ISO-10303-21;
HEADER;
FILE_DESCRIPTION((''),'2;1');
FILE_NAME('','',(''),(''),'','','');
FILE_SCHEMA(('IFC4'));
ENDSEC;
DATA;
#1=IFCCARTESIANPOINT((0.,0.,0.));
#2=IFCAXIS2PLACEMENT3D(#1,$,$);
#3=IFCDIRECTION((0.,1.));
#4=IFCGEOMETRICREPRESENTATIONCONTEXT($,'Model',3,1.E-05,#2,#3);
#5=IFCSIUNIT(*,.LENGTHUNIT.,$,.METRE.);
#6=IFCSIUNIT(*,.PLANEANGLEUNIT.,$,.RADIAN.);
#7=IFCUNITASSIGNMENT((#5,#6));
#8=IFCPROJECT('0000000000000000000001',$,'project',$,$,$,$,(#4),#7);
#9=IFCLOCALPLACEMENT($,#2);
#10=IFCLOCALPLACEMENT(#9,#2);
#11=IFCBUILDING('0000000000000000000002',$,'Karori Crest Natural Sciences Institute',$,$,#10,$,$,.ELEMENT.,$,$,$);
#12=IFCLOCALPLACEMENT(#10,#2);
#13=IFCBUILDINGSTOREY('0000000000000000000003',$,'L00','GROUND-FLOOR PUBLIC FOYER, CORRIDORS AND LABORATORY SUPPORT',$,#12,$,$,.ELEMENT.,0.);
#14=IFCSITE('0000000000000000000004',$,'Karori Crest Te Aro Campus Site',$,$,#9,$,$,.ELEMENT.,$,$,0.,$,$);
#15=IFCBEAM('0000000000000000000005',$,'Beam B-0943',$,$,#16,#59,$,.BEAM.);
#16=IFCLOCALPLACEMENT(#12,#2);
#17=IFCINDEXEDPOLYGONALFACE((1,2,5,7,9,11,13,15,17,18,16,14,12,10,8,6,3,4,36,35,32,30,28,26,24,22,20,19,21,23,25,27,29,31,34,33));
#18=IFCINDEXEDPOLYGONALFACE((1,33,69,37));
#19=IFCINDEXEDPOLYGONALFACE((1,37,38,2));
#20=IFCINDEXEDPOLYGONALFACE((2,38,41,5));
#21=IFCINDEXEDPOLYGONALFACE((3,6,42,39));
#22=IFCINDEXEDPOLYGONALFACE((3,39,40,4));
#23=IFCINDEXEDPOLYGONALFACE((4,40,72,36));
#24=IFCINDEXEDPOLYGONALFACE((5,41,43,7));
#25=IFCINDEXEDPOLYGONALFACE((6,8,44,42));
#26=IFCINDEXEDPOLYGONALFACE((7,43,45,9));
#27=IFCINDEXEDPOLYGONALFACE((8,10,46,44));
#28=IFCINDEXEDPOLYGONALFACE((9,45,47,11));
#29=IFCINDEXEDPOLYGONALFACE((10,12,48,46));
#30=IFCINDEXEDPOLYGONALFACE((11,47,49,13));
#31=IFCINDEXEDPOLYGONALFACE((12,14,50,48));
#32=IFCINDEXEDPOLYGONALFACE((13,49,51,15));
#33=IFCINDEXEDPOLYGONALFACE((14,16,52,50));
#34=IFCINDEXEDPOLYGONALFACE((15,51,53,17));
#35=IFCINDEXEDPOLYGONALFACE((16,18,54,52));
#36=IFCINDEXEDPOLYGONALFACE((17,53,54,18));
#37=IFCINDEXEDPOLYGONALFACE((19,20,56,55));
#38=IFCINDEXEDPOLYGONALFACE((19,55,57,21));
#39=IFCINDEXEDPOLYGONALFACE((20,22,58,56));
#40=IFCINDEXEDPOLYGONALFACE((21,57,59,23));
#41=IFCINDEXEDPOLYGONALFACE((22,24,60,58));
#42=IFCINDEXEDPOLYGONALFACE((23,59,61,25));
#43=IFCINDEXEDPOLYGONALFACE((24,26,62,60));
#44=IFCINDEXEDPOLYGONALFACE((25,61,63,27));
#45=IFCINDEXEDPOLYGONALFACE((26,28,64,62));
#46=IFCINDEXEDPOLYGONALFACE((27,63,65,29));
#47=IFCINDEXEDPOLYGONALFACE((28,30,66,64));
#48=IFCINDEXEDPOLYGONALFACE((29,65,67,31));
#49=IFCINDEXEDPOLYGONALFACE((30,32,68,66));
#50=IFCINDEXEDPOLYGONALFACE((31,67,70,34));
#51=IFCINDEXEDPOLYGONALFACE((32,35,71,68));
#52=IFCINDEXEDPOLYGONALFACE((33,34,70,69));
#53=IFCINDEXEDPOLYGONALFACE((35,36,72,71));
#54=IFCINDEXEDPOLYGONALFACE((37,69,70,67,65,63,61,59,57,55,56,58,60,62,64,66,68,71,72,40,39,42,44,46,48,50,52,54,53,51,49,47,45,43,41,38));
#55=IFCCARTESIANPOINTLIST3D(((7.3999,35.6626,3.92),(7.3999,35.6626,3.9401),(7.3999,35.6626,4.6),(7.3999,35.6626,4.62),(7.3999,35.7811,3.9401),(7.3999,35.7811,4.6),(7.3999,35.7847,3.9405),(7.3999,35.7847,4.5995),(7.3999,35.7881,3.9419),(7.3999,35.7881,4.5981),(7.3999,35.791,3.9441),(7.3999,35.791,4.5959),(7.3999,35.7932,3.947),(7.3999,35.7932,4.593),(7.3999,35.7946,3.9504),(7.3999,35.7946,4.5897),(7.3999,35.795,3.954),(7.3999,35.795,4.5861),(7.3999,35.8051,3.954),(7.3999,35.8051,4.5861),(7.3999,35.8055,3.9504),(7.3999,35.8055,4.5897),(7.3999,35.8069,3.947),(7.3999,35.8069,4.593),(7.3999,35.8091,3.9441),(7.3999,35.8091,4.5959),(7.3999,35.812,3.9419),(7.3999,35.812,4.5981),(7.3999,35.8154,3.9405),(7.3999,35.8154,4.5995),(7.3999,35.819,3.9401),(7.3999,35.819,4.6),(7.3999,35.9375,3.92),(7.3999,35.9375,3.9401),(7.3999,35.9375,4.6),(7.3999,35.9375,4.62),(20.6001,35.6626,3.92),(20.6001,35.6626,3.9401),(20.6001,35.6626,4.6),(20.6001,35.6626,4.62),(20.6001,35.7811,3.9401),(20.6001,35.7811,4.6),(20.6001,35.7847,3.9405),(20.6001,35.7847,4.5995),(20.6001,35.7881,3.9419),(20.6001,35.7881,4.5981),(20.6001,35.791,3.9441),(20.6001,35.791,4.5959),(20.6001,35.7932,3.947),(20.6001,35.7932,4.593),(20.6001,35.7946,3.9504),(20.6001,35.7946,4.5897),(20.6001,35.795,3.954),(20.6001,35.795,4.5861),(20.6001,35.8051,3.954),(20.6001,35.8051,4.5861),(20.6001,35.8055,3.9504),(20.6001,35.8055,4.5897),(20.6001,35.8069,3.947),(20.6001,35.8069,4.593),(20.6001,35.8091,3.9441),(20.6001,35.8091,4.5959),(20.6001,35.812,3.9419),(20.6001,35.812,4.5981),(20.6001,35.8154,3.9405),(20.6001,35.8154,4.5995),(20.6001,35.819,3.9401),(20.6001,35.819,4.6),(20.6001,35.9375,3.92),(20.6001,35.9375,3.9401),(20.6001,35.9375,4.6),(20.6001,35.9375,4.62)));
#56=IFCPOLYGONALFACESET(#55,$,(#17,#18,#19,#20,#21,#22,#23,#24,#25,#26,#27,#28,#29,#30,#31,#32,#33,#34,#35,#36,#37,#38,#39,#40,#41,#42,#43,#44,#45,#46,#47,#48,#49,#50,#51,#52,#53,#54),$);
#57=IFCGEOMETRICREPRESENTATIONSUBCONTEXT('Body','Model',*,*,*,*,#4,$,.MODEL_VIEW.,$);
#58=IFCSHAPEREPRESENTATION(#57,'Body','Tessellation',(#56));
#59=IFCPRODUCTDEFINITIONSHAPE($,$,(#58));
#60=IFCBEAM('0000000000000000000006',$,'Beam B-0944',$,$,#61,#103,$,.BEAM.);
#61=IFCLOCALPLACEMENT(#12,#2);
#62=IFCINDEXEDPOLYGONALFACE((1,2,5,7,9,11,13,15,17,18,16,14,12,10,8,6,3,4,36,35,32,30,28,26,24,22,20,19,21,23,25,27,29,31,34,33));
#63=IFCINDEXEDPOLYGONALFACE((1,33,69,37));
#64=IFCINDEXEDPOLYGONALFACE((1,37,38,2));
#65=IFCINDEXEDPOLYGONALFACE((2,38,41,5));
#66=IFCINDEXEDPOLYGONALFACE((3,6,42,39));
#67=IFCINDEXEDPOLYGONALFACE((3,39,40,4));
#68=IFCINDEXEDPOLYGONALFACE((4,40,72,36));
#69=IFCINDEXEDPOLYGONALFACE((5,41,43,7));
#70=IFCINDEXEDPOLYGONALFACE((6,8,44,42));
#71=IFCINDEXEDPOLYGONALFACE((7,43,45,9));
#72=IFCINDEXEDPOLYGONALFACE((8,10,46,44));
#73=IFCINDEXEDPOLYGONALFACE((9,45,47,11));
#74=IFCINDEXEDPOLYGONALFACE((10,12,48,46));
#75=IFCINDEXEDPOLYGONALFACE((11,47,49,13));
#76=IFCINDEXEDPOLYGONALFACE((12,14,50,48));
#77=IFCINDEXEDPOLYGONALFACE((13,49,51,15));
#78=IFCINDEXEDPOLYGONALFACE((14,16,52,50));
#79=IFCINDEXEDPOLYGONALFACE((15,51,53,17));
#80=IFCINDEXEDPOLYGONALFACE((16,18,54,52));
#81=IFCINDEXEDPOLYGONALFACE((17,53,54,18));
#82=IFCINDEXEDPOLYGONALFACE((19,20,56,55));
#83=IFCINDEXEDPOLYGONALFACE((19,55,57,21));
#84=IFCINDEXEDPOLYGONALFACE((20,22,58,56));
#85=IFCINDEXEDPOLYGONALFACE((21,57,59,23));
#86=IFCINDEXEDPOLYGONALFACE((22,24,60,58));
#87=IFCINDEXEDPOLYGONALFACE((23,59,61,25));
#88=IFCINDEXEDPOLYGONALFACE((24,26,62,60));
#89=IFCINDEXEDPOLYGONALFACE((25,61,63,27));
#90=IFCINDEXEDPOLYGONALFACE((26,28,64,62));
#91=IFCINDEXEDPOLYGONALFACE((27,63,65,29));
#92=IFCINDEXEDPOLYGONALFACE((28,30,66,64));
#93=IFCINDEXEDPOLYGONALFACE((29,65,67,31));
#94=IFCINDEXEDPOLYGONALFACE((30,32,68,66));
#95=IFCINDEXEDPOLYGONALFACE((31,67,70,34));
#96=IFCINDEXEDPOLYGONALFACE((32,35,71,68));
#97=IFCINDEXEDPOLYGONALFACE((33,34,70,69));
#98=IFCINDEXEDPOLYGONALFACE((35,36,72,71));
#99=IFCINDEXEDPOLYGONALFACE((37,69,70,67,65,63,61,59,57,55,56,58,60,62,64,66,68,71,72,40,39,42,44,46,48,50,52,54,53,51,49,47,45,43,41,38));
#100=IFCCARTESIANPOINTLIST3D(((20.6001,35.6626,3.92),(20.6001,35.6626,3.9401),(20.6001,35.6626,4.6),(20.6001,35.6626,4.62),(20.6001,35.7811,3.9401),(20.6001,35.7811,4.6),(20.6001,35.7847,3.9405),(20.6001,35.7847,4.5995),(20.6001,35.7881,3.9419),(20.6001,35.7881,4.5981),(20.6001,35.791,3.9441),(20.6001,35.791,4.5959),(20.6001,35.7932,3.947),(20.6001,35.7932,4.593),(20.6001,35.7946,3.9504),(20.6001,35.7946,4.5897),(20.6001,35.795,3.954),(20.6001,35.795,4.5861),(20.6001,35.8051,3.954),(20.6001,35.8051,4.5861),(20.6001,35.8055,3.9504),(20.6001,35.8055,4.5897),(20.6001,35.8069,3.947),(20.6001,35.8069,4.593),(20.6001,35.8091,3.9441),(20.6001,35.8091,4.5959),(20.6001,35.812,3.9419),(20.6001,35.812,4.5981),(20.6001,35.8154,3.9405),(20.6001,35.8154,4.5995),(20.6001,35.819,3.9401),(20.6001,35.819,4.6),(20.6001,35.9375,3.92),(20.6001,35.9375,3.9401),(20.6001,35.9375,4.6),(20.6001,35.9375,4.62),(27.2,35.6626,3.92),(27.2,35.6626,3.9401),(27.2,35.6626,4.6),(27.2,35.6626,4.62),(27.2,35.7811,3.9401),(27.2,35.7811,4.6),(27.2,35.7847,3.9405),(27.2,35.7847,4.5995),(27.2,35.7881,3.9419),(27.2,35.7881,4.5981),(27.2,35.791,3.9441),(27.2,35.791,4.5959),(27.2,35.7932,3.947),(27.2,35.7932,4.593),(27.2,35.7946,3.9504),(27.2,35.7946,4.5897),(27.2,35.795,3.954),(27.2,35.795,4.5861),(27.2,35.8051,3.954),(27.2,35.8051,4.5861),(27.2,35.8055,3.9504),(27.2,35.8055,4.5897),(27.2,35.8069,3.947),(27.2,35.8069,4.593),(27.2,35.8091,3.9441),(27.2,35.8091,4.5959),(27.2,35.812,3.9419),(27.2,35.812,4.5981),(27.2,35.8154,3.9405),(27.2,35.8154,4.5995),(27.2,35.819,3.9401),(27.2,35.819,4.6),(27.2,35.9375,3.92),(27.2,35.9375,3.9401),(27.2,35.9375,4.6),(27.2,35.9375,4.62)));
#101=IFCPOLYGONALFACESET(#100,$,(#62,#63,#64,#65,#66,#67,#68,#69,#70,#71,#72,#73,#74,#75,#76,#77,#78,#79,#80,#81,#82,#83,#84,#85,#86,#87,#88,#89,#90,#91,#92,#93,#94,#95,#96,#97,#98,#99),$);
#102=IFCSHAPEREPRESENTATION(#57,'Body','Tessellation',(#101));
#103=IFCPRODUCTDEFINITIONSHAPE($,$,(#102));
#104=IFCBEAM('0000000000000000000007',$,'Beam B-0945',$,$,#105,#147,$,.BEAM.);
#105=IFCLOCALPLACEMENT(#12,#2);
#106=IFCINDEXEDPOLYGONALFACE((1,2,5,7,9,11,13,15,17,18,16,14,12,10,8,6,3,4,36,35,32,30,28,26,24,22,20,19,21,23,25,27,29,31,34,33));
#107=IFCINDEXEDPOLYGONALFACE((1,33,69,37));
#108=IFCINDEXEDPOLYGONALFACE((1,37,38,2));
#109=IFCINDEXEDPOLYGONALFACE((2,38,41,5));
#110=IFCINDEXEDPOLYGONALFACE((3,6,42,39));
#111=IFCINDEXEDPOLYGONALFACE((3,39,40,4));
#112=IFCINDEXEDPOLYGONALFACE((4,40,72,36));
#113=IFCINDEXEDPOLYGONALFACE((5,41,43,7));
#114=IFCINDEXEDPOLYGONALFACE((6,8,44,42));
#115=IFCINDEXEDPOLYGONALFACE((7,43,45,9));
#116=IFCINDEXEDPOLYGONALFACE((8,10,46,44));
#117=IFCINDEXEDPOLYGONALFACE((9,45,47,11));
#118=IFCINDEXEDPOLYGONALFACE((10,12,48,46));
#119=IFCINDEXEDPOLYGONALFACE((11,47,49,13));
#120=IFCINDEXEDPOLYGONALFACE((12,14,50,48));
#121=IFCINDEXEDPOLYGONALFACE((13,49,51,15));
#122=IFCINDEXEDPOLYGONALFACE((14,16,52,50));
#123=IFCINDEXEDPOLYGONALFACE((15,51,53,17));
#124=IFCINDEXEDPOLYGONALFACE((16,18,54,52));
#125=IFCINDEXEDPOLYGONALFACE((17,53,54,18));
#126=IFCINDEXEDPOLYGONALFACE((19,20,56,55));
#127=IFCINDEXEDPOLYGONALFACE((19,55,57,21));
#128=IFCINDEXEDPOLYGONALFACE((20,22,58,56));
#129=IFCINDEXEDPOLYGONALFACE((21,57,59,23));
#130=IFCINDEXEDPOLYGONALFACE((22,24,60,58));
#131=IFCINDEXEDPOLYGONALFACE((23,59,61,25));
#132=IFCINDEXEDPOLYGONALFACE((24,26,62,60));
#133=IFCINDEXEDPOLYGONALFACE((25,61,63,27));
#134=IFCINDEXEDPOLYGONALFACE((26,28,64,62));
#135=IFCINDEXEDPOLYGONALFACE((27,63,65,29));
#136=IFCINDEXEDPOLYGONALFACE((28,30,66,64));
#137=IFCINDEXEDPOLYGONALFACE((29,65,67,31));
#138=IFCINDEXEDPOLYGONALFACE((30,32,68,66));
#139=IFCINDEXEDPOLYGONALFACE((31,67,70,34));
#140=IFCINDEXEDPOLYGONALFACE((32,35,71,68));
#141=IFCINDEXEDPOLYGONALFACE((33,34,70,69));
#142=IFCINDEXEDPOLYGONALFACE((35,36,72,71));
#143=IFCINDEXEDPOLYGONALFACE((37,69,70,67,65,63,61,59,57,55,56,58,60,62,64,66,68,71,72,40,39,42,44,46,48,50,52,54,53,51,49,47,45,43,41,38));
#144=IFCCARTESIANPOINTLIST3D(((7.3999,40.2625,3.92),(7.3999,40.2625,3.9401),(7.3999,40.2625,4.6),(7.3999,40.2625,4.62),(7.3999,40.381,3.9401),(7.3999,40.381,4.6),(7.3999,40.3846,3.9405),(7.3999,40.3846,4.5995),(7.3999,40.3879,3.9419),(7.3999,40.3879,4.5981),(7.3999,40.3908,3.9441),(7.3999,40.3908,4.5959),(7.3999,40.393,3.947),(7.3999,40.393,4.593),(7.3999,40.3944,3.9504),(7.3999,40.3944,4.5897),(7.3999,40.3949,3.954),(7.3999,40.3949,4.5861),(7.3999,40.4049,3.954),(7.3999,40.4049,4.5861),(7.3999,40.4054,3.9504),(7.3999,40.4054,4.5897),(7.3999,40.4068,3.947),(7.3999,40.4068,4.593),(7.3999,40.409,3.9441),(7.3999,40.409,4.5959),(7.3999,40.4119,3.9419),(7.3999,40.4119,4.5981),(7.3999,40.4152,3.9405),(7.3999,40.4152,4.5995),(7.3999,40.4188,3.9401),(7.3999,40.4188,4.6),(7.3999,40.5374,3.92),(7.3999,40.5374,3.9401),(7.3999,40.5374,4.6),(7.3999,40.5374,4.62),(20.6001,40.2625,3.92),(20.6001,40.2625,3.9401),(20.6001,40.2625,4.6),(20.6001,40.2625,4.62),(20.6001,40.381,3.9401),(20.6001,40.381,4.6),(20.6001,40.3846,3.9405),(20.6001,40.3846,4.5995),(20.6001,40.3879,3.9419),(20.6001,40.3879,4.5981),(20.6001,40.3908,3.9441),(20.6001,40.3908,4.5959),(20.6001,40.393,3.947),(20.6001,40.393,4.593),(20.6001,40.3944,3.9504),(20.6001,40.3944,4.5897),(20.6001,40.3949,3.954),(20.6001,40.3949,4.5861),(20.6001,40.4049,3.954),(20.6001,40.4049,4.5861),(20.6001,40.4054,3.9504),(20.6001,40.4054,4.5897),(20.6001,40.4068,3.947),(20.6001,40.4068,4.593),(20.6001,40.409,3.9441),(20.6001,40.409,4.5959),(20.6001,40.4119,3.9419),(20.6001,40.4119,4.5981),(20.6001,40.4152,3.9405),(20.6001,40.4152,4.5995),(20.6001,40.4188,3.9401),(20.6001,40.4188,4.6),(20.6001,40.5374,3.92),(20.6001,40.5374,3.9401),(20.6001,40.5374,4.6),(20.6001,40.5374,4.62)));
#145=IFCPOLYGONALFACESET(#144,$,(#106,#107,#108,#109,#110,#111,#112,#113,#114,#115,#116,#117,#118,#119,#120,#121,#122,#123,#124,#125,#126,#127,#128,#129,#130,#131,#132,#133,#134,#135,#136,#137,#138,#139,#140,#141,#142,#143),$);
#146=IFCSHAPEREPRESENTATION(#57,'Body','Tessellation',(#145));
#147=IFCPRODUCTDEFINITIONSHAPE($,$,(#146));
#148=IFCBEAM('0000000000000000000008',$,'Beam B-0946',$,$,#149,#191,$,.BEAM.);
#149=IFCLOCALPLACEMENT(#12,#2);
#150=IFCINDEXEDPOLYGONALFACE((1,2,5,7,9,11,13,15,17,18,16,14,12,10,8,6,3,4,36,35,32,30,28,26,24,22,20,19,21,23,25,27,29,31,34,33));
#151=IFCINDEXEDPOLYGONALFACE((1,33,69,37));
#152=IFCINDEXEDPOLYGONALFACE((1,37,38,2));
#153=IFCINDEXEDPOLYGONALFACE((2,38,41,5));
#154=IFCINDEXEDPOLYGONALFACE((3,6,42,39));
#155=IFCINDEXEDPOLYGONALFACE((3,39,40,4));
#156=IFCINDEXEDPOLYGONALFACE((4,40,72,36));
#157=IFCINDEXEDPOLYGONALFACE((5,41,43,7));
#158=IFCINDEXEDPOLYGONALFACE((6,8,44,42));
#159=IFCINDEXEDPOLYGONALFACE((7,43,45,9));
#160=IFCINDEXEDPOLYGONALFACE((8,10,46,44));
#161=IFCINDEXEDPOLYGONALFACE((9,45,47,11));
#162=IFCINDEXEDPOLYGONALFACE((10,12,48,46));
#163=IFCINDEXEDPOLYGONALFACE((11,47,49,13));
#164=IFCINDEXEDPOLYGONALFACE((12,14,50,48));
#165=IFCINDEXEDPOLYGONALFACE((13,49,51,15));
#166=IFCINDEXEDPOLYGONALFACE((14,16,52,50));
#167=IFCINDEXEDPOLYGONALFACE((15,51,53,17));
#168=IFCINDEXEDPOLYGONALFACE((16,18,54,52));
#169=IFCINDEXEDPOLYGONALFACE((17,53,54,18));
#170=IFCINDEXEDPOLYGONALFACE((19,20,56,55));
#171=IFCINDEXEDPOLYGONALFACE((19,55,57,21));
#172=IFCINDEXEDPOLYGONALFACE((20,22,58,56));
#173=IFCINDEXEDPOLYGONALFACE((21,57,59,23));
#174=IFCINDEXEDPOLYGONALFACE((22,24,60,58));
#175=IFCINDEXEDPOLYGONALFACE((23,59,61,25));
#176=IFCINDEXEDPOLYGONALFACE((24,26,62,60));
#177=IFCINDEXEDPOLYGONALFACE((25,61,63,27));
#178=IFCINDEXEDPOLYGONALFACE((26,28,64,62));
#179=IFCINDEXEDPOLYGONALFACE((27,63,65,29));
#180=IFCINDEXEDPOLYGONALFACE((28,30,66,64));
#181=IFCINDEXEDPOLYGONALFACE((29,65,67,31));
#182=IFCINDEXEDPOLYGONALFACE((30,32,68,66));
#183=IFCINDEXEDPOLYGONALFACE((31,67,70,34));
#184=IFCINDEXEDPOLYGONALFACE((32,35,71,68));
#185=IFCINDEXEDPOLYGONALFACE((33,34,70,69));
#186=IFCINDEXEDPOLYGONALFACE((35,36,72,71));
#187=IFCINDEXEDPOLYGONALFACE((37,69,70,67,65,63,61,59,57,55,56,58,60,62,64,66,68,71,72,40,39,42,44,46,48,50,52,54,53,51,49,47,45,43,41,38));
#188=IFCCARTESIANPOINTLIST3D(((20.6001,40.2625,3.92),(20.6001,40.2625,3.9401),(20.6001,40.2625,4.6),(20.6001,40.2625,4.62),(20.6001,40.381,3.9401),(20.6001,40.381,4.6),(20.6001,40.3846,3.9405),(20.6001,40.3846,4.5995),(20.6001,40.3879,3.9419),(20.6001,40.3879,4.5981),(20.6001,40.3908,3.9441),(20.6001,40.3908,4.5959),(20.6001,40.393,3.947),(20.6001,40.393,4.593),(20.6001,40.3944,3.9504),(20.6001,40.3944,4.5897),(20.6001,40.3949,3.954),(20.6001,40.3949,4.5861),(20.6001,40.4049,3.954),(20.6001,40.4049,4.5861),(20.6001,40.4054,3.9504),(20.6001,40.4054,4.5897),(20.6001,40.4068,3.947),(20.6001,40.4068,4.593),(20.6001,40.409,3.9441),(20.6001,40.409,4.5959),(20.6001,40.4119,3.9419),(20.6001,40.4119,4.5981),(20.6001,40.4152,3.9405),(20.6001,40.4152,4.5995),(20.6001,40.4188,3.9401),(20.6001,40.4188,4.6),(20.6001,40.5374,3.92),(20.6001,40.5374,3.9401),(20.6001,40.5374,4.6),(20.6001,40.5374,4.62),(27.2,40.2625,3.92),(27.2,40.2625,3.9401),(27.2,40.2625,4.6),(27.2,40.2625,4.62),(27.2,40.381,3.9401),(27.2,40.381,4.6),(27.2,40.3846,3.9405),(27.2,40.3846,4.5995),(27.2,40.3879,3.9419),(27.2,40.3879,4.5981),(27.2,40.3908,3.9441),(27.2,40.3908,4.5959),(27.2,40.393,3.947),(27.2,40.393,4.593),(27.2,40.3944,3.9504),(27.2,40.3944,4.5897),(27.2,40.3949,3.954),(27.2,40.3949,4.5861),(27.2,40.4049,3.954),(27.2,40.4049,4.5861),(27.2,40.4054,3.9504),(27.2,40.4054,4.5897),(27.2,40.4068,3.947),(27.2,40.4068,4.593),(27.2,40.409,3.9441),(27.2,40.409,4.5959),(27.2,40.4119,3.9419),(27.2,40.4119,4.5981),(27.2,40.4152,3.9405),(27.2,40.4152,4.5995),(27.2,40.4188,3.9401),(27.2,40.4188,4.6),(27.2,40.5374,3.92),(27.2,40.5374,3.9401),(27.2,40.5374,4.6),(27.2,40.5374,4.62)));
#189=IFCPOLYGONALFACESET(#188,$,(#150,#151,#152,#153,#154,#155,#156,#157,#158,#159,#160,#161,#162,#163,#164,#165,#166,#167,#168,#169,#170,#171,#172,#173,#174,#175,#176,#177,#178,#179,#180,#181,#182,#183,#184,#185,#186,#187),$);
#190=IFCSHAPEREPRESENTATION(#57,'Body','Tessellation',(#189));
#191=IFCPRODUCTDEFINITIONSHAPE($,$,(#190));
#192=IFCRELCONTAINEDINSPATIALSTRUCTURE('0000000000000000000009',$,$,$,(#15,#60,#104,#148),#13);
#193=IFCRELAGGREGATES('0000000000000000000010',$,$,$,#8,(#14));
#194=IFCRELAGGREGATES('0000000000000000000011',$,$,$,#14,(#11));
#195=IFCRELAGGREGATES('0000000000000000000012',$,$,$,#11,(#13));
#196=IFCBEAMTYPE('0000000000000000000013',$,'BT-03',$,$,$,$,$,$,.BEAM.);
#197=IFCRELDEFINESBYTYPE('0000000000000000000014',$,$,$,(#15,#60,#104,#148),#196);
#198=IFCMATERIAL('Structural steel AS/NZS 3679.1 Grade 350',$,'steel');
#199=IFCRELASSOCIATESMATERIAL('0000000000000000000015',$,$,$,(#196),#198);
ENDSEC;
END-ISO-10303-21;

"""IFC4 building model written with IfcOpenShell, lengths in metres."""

from ifc_helpers import new_model, si_unit, direction, frame, origin, origin_2d, place, context, subcontext, project, spatial, i_section, extrude, material, material_profile, profile_set, type_object, element, save


model = new_model("IFC4")

# Units and contexts
model_context = context("Model", 3, precision=1e-05, world=origin(), true_north=direction((0.0, 1.0)))
body_context = subcontext(model_context, "Body", "Model", "MODEL_VIEW")
ifc_project = project(units=[si_unit("LENGTHUNIT", "METRE"), si_unit("PLANEANGLEUNIT", "RADIAN")], contexts=[model_context])

# Site, building, storey
site_placement = place(None, origin())
site = spatial("IfcSite", under=ifc_project, at=site_placement, Name="Karori Crest Te Aro Campus Site", CompositionType="ELEMENT", RefElevation=0.0)
building_placement = place(site_placement, origin())
building = spatial("IfcBuilding", under=site, at=building_placement, Name="Karori Crest Natural Sciences Institute", CompositionType="ELEMENT")
storey_placement = place(building_placement, origin())
storey = spatial("IfcBuildingStorey", under=building, at=storey_placement, Name="L00", Description="GROUND-FLOOR PUBLIC FOYER, CORRIDORS AND LABORATORY SUPPORT", CompositionType="ELEMENT", Elevation=0.0)

# Shared definitions
ifc_material_1 = material(Name="Structural steel AS/NZS 3679.1 Grade 350", Category="steel")

# Beams
ifc_material_profile_1 = material_profile(ifc_material_1, i_section(OverallWidth=0.2749, OverallDepth=0.7, WebThickness=0.01, FlangeThickness=0.02, FilletRadius=0.0139, at=origin_2d()), Name="700WB150")
ifc_profile_set_1 = profile_set([ifc_material_profile_1], Name="Structural steel AS/NZS 3679.1 Grade 350")
beam_type_1 = type_object("IfcBeamType", Name="BT-03", PredefinedType="BEAM", material=ifc_profile_set_1)
beam_1_placement = place(storey_placement, frame((7.3999, 35.8, 4.27), z_axis=(1.0, 0.0, 0.0), x_axis=(0.0, 1.0, 0.0)))
element("IfcBeam", 1, at=beam_1_placement, inside=storey, type_object=beam_type_1, Name="Beam B-0943", PredefinedType="BEAM", context=body_context, shape_type="SweptSolid", body=[
    extrude(i_section(OverallWidth=0.2749, OverallDepth=0.7, WebThickness=0.01, FlangeThickness=0.02, FilletRadius=0.0139, at=origin_2d()), origin(), (0.0, 0.0, 1.0), 13.2002),
])
beam_2_placement = place(storey_placement, frame((20.6001, 35.8, 4.27), z_axis=(1.0, 0.0, 0.0), x_axis=(0.0, 1.0, 0.0)))
element("IfcBeam", 2, at=beam_2_placement, inside=storey, type_object=beam_type_1, Name="Beam B-0944", PredefinedType="BEAM", context=body_context, shape_type="SweptSolid", body=[
    extrude(i_section(OverallWidth=0.2749, OverallDepth=0.7, WebThickness=0.01, FlangeThickness=0.02, FilletRadius=0.0139, at=origin_2d()), origin(), (0.0, 0.0, 1.0), 6.5999),
])
beam_3_placement = place(storey_placement, frame((7.3999, 40.3999, 4.27), z_axis=(1.0, 0.0, 0.0), x_axis=(0.0, 1.0, 0.0)))
element("IfcBeam", 3, at=beam_3_placement, inside=storey, type_object=beam_type_1, Name="Beam B-0945", PredefinedType="BEAM", context=body_context, shape_type="SweptSolid", body=[
    extrude(i_section(OverallWidth=0.2749, OverallDepth=0.7, WebThickness=0.01, FlangeThickness=0.02, FilletRadius=0.0139, at=origin_2d()), origin(), (0.0, 0.0, 1.0), 13.2002),
])
beam_4_placement = place(storey_placement, frame((20.6001, 40.3999, 4.27), z_axis=(1.0, 0.0, 0.0), x_axis=(0.0, 1.0, 0.0)))
element("IfcBeam", 4, at=beam_4_placement, inside=storey, type_object=beam_type_1, Name="Beam B-0946", PredefinedType="BEAM", context=body_context, shape_type="SweptSolid", body=[
    extrude(i_section(OverallWidth=0.2749, OverallDepth=0.7, WebThickness=0.01, FlangeThickness=0.02, FilletRadius=0.0139, at=origin_2d()), origin(), (0.0, 0.0, 1.0), 6.5999),
])

save(model, "model.ifc")
